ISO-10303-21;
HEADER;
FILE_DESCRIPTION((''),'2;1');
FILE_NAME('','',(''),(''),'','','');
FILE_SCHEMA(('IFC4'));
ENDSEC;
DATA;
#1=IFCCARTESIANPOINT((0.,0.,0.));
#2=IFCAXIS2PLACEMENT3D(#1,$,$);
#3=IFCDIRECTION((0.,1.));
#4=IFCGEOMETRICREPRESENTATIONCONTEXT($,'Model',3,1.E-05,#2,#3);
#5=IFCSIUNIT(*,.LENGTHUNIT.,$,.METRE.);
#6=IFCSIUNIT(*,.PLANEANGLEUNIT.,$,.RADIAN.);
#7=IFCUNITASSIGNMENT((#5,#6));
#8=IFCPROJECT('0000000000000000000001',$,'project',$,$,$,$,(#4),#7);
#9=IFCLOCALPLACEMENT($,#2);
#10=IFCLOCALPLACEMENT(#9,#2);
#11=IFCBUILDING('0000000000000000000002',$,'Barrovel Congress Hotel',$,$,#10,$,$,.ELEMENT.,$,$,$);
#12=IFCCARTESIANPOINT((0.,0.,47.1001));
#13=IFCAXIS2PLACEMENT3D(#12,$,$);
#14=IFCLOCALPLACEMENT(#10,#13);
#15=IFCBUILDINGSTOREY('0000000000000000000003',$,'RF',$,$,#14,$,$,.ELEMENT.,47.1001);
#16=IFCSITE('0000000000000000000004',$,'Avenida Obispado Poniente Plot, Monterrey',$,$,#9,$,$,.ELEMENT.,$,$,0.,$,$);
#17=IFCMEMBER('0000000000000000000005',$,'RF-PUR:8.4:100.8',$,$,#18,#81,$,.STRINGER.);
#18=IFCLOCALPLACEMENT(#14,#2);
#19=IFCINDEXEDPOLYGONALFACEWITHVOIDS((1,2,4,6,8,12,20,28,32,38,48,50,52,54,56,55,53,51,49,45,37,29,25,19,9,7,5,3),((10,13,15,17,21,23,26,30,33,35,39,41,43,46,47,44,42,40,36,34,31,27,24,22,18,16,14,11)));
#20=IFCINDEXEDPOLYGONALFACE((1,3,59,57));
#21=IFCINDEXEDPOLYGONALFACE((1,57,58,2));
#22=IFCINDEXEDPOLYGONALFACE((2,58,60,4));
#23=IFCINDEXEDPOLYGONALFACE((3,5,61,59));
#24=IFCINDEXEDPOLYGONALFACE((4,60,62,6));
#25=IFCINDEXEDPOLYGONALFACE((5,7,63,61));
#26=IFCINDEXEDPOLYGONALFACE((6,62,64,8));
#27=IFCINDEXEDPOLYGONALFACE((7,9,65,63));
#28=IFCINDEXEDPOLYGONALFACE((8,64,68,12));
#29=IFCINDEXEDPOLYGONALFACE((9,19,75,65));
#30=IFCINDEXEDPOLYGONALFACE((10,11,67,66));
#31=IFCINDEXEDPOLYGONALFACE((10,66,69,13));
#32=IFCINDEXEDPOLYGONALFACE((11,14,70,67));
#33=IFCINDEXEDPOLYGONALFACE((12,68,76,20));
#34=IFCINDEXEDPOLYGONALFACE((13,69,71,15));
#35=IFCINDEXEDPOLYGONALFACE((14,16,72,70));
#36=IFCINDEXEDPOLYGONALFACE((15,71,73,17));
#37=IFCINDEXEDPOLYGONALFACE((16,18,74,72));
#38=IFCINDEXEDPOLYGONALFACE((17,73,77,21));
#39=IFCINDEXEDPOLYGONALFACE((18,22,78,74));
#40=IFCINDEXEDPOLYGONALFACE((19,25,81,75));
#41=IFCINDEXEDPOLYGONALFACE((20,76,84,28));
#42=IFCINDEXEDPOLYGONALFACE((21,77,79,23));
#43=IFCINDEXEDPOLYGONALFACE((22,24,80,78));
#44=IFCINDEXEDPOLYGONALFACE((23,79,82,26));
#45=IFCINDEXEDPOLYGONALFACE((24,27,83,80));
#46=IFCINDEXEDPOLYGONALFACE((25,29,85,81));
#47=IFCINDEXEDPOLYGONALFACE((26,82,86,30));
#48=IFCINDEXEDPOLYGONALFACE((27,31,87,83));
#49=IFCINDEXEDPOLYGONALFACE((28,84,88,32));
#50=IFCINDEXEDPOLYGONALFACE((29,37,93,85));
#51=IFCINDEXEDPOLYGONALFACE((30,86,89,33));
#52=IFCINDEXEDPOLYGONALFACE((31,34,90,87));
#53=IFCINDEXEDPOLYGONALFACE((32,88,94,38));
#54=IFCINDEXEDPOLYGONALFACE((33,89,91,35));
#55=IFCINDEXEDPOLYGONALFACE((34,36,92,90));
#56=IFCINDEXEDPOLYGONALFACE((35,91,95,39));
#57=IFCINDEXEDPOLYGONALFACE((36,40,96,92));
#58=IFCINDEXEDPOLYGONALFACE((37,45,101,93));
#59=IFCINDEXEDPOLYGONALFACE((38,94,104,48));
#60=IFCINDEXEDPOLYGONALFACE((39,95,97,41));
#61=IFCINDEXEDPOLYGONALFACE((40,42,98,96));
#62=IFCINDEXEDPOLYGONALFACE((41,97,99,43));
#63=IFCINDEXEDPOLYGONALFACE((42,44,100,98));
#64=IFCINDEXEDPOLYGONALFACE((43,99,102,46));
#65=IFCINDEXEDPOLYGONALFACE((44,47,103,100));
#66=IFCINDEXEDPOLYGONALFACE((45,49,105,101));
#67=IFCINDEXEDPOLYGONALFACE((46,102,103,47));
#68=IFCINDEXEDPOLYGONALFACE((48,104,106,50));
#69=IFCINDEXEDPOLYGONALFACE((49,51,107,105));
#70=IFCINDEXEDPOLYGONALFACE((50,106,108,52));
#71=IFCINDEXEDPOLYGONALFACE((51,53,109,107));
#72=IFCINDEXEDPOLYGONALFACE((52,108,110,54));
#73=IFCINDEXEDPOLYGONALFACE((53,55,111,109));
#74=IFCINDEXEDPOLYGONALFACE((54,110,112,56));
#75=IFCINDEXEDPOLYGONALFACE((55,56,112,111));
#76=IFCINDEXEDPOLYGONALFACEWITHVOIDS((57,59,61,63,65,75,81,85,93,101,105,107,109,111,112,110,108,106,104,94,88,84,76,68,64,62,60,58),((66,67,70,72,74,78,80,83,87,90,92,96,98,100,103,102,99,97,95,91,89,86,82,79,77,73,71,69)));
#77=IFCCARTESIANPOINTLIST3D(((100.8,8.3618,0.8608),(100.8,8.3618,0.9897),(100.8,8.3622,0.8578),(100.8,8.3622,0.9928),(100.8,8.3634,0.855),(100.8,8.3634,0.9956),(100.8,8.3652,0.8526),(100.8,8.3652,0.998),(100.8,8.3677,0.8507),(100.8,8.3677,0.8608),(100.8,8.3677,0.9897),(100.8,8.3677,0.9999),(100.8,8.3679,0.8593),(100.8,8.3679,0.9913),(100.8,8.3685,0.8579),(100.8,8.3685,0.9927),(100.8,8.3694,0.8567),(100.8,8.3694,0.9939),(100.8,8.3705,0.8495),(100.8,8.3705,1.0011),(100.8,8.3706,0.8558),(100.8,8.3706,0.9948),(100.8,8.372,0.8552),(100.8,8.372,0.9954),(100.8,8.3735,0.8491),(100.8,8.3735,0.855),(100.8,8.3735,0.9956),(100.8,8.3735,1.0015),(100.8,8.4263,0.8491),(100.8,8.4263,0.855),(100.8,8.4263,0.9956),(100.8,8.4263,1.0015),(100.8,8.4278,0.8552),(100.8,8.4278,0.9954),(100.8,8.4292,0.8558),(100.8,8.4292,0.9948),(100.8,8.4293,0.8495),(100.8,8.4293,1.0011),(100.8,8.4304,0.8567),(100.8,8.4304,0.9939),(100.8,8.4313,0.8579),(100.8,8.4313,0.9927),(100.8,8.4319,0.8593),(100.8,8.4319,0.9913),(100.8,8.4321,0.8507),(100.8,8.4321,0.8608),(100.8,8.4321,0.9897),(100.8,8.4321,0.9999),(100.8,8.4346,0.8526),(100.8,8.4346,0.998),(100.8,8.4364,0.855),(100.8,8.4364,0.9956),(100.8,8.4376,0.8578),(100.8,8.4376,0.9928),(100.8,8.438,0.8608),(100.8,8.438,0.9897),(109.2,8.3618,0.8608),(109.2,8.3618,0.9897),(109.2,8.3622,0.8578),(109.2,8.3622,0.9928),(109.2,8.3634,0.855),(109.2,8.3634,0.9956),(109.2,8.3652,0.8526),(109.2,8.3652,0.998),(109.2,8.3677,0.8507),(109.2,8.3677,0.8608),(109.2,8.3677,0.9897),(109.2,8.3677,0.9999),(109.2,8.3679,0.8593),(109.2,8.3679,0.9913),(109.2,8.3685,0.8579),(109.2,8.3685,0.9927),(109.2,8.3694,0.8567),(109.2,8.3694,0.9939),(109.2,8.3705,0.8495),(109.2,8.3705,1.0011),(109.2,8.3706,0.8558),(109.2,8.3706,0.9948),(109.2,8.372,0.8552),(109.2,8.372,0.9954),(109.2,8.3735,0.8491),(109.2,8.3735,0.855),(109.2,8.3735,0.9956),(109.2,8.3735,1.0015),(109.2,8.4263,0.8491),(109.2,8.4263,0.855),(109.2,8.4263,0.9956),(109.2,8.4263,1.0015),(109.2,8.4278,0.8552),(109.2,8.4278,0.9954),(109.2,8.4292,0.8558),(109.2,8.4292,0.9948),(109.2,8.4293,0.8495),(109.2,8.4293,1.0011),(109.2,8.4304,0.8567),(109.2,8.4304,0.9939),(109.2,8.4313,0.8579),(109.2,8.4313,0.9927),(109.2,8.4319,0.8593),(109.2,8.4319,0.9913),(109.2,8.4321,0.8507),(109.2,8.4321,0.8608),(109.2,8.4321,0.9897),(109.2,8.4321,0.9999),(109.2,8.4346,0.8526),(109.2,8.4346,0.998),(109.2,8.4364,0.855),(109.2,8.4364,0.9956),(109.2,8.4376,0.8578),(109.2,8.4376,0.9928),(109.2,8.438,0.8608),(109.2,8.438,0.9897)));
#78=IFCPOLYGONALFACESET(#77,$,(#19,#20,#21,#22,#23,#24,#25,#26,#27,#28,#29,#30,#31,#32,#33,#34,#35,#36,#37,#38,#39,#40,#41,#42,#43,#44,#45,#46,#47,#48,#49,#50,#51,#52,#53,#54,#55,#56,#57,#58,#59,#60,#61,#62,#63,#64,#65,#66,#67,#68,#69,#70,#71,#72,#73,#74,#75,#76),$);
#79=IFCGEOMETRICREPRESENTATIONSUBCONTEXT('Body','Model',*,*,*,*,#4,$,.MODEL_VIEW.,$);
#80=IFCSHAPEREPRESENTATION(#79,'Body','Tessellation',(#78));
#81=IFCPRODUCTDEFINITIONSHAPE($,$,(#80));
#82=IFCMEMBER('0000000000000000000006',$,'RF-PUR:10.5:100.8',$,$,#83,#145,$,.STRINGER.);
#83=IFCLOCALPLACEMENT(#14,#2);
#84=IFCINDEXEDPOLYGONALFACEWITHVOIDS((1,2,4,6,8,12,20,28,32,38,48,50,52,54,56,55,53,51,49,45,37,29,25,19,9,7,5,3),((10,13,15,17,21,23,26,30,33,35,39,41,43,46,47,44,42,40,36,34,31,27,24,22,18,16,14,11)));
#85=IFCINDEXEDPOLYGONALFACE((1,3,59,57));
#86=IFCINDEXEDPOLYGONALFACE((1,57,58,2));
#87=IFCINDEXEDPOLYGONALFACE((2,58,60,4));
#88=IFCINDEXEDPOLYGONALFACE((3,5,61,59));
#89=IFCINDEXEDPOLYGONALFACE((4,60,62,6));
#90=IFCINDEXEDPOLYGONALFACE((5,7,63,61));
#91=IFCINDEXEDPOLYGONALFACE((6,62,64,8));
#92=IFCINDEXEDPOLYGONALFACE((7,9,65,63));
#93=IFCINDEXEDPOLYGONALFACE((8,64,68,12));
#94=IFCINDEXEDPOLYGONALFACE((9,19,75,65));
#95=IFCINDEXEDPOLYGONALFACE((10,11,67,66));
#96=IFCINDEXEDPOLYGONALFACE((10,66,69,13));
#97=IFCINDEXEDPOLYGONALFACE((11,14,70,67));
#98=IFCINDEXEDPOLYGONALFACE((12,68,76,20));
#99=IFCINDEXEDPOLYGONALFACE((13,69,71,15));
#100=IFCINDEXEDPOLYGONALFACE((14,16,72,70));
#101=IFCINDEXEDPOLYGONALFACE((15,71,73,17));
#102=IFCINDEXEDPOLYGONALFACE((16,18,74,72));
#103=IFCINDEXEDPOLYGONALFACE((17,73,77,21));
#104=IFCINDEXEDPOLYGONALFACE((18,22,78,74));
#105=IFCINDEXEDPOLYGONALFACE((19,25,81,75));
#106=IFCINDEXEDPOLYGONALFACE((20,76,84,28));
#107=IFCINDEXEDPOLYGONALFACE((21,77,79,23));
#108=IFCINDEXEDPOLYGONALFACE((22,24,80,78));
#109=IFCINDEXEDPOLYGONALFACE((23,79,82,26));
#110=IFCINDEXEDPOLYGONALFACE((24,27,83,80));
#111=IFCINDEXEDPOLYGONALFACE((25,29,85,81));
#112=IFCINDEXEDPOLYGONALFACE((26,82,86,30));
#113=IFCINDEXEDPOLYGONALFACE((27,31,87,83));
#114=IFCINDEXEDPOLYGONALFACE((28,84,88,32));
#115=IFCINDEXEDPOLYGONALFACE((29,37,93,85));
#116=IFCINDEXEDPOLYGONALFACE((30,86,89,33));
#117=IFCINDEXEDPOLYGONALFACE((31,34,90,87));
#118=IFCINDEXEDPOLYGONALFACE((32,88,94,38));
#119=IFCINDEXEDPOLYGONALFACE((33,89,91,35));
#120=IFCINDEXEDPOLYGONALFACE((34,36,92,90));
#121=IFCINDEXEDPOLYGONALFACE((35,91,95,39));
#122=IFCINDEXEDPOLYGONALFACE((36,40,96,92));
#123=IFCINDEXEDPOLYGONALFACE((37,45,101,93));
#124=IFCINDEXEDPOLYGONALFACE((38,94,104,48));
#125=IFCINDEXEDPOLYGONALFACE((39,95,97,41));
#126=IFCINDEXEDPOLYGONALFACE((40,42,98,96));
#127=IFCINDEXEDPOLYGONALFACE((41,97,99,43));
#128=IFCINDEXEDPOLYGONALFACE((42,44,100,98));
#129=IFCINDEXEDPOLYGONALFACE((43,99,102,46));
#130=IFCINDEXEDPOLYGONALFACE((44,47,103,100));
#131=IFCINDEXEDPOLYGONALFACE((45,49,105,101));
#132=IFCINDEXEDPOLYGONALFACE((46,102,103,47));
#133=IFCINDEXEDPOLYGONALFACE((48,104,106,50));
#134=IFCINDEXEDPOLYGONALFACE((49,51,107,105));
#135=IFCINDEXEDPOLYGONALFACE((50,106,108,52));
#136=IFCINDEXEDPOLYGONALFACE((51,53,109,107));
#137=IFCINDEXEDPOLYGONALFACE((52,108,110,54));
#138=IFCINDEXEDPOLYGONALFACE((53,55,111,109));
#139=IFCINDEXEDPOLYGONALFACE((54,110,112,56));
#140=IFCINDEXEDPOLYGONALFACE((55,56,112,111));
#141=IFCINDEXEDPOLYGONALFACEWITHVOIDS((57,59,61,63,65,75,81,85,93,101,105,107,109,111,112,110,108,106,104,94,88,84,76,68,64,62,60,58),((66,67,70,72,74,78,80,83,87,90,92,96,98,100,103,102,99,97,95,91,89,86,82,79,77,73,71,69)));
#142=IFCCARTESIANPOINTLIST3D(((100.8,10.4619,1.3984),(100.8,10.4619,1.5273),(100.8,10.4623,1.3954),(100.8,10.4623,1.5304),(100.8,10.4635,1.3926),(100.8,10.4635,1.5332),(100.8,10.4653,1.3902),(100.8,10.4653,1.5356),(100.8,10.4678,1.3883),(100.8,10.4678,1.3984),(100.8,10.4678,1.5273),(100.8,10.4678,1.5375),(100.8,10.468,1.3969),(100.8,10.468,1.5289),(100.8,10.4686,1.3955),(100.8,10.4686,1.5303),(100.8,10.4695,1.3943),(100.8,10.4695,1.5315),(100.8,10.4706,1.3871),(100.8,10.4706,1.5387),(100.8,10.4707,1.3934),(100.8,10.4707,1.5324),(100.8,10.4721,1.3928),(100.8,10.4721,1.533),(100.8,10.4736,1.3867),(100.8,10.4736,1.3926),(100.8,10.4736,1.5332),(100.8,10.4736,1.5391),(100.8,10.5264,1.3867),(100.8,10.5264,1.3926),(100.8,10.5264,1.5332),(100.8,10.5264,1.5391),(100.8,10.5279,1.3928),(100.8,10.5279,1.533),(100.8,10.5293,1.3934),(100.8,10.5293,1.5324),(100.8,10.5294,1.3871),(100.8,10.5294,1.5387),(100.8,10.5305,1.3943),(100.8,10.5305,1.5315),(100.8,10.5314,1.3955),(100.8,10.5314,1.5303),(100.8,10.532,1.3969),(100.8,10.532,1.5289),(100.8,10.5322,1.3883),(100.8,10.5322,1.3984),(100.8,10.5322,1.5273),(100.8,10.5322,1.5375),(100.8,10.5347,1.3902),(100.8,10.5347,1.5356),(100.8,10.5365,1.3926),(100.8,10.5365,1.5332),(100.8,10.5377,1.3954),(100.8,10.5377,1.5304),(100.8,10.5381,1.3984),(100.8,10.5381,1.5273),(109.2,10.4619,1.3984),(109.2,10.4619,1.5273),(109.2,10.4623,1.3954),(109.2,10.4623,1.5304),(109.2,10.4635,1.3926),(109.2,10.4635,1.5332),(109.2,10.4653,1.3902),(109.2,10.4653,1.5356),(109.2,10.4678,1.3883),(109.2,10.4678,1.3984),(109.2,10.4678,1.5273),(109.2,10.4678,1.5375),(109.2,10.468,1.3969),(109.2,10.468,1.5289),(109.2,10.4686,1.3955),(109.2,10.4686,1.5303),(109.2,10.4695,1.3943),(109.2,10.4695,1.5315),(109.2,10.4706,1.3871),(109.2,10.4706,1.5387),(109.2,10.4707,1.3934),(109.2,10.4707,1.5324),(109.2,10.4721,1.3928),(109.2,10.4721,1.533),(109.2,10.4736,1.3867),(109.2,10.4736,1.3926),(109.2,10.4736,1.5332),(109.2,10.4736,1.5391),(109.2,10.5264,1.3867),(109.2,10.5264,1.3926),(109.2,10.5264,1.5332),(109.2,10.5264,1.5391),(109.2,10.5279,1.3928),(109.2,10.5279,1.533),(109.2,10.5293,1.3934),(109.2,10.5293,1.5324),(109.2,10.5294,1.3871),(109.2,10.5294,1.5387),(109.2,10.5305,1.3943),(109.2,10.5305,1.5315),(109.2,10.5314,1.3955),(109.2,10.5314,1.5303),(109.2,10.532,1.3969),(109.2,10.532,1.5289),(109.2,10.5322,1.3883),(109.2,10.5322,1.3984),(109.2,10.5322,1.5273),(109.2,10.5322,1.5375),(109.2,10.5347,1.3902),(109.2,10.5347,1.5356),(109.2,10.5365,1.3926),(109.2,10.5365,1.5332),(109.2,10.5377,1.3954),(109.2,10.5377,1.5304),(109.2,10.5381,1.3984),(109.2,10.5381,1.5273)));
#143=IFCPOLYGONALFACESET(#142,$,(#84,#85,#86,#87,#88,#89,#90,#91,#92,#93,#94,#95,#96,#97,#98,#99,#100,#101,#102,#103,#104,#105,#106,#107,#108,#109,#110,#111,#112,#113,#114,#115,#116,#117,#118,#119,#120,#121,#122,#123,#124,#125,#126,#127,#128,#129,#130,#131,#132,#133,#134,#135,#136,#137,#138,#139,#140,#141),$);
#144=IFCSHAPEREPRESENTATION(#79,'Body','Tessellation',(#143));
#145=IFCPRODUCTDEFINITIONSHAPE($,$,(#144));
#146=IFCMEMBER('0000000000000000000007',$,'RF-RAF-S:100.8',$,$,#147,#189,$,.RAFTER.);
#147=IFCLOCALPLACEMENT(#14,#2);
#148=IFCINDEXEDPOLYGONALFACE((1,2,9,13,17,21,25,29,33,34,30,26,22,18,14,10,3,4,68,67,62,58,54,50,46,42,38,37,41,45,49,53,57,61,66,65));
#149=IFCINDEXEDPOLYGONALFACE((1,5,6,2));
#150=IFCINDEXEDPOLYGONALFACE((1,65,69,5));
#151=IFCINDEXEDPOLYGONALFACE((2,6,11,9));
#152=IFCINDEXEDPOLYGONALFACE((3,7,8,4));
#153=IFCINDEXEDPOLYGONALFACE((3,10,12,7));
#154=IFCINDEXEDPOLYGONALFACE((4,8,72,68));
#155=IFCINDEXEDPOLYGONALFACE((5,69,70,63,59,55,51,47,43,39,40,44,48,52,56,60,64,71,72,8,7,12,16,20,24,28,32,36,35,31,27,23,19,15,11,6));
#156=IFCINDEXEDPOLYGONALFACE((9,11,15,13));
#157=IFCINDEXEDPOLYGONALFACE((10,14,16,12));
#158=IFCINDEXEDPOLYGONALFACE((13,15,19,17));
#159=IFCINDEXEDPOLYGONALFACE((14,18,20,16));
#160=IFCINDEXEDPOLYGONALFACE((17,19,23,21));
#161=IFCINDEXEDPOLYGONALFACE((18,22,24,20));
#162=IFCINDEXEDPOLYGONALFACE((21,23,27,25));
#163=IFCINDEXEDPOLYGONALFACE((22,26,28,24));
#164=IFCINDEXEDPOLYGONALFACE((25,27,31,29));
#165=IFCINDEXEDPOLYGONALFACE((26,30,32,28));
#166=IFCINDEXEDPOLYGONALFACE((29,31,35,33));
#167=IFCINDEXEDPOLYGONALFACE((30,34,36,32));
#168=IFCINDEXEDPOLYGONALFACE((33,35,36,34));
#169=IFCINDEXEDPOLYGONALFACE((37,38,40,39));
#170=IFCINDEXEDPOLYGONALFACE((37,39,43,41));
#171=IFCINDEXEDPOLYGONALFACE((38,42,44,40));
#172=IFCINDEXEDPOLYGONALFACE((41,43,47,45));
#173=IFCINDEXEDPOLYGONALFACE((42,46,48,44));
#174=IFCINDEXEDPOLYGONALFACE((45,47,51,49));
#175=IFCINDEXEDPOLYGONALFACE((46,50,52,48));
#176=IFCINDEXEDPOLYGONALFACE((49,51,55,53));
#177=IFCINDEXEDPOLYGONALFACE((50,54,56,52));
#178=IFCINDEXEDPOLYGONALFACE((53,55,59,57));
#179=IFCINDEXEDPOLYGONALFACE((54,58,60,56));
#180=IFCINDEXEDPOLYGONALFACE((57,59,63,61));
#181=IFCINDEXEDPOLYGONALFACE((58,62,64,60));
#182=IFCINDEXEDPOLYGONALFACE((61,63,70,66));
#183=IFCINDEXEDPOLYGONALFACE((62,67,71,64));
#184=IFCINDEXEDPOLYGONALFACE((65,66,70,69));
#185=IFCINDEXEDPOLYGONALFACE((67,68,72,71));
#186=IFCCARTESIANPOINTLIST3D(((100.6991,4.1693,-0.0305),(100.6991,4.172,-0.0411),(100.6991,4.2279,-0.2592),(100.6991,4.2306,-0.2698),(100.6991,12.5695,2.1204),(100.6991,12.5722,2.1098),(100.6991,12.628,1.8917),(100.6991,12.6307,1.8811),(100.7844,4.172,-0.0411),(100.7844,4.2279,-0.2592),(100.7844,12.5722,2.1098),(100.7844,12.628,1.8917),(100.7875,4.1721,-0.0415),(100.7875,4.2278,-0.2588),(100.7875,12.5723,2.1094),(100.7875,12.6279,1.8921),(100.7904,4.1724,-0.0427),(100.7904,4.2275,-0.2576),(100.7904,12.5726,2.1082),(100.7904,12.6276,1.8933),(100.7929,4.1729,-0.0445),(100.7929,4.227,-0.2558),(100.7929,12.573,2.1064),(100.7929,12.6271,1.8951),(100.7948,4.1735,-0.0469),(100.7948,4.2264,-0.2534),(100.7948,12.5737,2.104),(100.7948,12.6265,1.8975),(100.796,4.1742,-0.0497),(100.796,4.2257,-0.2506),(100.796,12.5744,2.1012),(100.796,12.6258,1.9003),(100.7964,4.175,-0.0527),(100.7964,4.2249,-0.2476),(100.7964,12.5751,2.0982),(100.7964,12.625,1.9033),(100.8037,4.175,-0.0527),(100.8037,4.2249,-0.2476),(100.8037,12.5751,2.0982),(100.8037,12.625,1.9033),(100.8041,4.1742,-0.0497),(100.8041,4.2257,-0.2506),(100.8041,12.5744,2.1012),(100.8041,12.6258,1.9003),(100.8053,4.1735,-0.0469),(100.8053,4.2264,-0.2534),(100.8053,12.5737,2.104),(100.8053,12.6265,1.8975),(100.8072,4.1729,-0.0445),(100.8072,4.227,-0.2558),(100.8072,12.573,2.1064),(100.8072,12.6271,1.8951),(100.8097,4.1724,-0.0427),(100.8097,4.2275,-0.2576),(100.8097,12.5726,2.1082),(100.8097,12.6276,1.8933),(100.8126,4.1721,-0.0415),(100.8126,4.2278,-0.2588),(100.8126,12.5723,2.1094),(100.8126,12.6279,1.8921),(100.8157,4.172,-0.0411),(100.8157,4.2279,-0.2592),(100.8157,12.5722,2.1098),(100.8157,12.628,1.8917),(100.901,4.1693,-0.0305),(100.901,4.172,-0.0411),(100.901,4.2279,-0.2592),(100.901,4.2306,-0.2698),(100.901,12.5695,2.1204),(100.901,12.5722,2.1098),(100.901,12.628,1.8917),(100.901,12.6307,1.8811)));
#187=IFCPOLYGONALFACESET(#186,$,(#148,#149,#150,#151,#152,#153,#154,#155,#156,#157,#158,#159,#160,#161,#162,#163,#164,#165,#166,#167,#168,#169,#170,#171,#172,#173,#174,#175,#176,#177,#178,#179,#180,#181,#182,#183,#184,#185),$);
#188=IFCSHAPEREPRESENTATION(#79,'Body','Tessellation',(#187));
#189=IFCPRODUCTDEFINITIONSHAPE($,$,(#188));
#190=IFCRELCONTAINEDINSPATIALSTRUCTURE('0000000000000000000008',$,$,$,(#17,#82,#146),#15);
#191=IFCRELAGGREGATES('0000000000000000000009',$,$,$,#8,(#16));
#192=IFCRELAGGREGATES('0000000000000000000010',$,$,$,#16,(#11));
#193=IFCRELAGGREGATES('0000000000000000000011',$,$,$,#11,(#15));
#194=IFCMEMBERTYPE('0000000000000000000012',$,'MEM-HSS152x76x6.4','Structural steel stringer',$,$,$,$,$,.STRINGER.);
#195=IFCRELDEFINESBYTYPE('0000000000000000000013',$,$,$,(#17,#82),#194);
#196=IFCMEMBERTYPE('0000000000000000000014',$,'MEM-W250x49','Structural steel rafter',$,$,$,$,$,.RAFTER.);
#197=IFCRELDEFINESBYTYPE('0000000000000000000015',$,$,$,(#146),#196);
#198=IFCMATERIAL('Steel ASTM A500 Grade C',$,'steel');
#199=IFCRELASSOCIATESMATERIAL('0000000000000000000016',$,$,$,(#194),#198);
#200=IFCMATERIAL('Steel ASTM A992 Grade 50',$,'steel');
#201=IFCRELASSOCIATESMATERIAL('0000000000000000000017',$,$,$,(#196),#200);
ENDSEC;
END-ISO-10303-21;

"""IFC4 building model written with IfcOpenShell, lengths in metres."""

from ifc_helpers import new_model, si_unit, direction, frame, origin, origin_2d, place, context, subcontext, project, spatial, hollow_rectangle, i_section, extrude, material, material_profile, profile_set, type_object, element, save


model = new_model("IFC4")

# Units and contexts
model_context = context("Model", 3, precision=1e-05, world=origin(), true_north=direction((0.0, 1.0)))
body_context = subcontext(model_context, "Body", "Model", "MODEL_VIEW")
ifc_project = project(units=[si_unit("LENGTHUNIT", "METRE"), si_unit("PLANEANGLEUNIT", "RADIAN")], contexts=[model_context])

# Site, building, storey
site_placement = place(None, origin())
site = spatial("IfcSite", under=ifc_project, at=site_placement, Name="Avenida Obispado Poniente Plot, Monterrey", CompositionType="ELEMENT", RefElevation=0.0)
building_placement = place(site_placement, origin())
building = spatial("IfcBuilding", under=site, at=building_placement, Name="Barrovel Congress Hotel", CompositionType="ELEMENT")
storey_placement = place(building_placement, frame((0.0, 0.0, 47.1001)))
storey = spatial("IfcBuildingStorey", under=building, at=storey_placement, Name="RF", CompositionType="ELEMENT", Elevation=47.1001)

# Members
ifc_material_1 = material(Name="Steel ASTM A500 Grade C", Category="steel")
ifc_material_profile_1 = material_profile(ifc_material_1, hollow_rectangle(XDim=0.0762, YDim=0.1523, WallThickness=0.0059, InnerFilletRadius=0.0059, OuterFilletRadius=0.0117, at=origin_2d()), Name="HSS152x76x6.4")
ifc_profile_set_1 = profile_set([ifc_material_profile_1], Name="Steel ASTM A500 Grade C")
member_type_1 = type_object("IfcMemberType", Name="MEM-HSS152x76x6.4", Description="Structural steel stringer", PredefinedType="STRINGER", material=ifc_profile_set_1)
for number, where, z_axis, x_axis, name in (
    (1, (100.8, 8.3999, 0.9253), (1.0, 0.0, 0.0), (0.0, 1.0, 0.0), "RF-PUR:8.4:100.8"),
    (2, (100.8, 10.5, 1.4629), (1.0, 0.0, 0.0), (0.0, 1.0, 0.0), "RF-PUR:10.5:100.8"),
):
    element("IfcMember", number, at=place(storey_placement, frame(where, z_axis=z_axis, x_axis=x_axis)), inside=storey, type_object=member_type_1, Name=name, PredefinedType="STRINGER", context=body_context, shape_type="SweptSolid", body=[
        extrude(hollow_rectangle(XDim=0.0762, YDim=0.1523, WallThickness=0.0059, InnerFilletRadius=0.0059, OuterFilletRadius=0.0117, at=origin_2d()), origin(), (0.0, 0.0, 1.0), 8.3999),
    ])
ifc_material_2 = material(Name="Steel ASTM A992 Grade 50", Category="steel")
ifc_material_profile_2 = material_profile(ifc_material_2, i_section(OverallWidth=0.2019, OverallDepth=0.2471, WebThickness=0.0073, FlangeThickness=0.011, FilletRadius=0.012, at=origin_2d()), Name="W250x49")
ifc_profile_set_2 = profile_set([ifc_material_profile_2], Name="Steel ASTM A992 Grade 50")
member_type_2 = type_object("IfcMemberType", Name="MEM-W250x49", Description="Structural steel rafter", PredefinedType="RAFTER", material=ifc_profile_set_2)
member_1_placement = place(storey_placement, frame((100.8, 4.2, -0.1501), z_axis=(0.0, 0.968747, 0.24805), x_axis=(-1.0, 0.0, 0.0)))
element("IfcMember", 3, at=member_1_placement, inside=storey, type_object=member_type_2, Name="RF-RAF-S:100.8", PredefinedType="RAFTER", context=body_context, shape_type="SweptSolid", body=[
    extrude(i_section(OverallWidth=0.2019, OverallDepth=0.2471, WebThickness=0.0073, FlangeThickness=0.011, FilletRadius=0.012, at=origin_2d()), origin(), (0.0, 0.0, 1.0), 8.6711),
])

save(model, "model.ifc")
